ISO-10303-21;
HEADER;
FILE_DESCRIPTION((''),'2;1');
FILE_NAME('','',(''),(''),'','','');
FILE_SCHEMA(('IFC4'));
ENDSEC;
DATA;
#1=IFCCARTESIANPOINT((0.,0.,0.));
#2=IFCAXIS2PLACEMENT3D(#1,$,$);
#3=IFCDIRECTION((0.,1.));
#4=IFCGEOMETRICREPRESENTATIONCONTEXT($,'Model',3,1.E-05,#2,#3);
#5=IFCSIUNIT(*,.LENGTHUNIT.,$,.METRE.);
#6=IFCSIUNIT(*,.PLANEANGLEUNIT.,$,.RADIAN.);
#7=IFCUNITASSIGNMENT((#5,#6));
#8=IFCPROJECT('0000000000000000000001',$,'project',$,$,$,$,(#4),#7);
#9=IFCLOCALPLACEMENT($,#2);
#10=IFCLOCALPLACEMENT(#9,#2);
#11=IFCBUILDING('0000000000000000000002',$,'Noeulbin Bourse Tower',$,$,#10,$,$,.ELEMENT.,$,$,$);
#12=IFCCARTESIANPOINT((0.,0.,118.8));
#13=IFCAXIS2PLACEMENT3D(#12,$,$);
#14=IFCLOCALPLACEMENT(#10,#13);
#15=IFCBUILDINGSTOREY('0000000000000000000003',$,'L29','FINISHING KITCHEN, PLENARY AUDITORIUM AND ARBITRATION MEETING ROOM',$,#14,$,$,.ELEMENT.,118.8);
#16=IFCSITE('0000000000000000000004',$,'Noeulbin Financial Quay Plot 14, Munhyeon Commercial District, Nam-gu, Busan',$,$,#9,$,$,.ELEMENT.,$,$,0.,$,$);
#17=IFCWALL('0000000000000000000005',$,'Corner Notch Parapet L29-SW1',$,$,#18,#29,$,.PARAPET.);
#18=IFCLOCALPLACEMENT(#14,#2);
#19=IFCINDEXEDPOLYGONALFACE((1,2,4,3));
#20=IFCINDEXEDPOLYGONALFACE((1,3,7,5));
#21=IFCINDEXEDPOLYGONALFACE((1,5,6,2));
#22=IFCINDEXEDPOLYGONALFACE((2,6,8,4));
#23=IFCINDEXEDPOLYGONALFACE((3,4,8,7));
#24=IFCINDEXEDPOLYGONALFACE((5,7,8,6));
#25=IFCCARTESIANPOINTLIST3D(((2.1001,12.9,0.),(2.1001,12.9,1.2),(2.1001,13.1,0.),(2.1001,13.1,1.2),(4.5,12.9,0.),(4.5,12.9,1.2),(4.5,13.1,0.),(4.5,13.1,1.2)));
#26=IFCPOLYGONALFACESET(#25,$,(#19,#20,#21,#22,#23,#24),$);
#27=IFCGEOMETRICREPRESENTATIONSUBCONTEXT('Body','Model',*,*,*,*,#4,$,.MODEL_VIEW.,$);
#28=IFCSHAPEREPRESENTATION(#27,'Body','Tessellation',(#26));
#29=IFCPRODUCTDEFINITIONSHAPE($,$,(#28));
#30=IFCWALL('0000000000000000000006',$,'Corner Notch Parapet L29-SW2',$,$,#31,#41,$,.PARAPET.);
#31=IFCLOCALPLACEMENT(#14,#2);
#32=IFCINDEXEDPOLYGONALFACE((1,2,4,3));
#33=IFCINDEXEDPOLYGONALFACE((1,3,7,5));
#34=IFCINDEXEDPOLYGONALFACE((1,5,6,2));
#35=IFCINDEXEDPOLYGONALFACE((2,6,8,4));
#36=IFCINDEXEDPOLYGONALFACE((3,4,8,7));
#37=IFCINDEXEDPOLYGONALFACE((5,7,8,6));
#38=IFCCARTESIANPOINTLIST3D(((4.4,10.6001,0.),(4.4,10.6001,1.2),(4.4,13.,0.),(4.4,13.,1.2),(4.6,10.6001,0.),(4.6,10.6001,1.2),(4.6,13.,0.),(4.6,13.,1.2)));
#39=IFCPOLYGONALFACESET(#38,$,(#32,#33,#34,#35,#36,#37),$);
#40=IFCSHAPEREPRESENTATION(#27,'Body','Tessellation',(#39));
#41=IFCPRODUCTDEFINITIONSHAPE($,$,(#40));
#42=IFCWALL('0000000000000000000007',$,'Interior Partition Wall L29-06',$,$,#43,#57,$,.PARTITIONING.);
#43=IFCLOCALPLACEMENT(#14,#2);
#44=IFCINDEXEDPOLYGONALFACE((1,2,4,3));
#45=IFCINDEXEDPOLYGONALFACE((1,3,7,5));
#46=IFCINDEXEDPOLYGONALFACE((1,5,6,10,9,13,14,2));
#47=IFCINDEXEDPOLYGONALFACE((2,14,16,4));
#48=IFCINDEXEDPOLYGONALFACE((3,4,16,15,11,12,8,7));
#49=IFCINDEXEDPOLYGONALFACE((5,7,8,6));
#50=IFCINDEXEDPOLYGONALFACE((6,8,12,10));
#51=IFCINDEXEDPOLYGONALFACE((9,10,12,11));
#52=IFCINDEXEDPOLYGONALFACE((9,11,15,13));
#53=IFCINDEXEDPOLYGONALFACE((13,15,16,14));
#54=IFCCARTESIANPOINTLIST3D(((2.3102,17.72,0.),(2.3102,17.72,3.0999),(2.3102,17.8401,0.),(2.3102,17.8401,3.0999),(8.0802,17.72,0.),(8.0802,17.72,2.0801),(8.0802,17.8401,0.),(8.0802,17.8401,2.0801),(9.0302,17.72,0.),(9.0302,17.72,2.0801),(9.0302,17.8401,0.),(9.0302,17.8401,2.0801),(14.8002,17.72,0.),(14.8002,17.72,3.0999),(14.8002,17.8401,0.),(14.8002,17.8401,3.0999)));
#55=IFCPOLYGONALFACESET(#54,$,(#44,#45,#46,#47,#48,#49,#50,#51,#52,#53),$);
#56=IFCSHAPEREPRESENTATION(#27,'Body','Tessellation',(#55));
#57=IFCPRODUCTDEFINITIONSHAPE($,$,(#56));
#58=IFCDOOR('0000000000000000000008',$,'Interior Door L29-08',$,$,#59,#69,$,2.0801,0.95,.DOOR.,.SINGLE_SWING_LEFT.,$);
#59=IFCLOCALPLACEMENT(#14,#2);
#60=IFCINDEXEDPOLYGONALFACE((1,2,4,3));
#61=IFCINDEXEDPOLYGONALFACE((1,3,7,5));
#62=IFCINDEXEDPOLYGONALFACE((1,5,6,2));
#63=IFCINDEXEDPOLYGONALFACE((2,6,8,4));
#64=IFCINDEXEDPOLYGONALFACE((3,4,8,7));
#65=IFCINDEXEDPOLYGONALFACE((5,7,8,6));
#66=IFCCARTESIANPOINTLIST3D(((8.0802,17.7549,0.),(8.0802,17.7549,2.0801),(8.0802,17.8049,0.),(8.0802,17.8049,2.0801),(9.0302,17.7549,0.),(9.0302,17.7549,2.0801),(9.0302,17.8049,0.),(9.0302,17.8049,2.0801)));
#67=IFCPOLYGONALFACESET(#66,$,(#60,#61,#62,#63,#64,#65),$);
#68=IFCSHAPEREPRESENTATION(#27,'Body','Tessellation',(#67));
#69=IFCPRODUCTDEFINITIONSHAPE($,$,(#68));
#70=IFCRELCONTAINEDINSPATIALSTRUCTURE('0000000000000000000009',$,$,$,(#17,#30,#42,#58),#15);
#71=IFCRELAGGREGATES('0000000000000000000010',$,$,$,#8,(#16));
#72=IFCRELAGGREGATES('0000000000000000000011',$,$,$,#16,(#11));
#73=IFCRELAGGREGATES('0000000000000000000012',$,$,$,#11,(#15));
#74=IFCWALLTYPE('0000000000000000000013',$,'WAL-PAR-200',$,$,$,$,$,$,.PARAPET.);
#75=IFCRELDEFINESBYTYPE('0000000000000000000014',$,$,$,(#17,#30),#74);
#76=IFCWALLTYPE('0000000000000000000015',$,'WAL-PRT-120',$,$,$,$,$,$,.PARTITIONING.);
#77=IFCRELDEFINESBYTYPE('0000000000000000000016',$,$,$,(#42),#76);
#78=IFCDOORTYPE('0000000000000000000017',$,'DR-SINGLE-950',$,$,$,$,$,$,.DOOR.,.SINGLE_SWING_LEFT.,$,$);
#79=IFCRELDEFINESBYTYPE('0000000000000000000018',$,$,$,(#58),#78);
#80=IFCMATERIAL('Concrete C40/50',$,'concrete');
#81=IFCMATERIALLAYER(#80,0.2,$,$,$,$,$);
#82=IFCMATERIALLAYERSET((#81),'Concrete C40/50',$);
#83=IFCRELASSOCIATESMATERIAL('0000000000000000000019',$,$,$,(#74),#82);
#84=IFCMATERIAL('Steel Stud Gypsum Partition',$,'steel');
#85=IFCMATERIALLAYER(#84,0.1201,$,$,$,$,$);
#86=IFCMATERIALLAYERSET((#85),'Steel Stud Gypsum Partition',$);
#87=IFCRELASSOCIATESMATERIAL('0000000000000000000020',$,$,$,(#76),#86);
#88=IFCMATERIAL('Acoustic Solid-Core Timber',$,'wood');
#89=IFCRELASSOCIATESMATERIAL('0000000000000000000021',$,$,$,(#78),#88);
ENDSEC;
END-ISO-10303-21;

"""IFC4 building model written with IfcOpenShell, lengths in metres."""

from ifc_helpers import new_model, si_unit, direction, frame, frame_2d, origin, place, context, subcontext, project, spatial, rectangle, extrude, material, layer, layer_set, type_object, element, fill, save


model = new_model("IFC4")

# Units and contexts
model_context = context("Model", 3, precision=1e-05, world=origin(), true_north=direction((0.0, 1.0)))
body_context = subcontext(model_context, "Body", "Model", "MODEL_VIEW")
ifc_project = project(units=[si_unit("LENGTHUNIT", "METRE"), si_unit("PLANEANGLEUNIT", "RADIAN")], contexts=[model_context])

# Site, building, storey
site_placement = place(None, origin())
site = spatial("IfcSite", under=ifc_project, at=site_placement, Name="Noeulbin Financial Quay Plot 14, Munhyeon Commercial District, Nam-gu, Busan", CompositionType="ELEMENT", RefElevation=0.0)
building_placement = place(site_placement, origin())
building = spatial("IfcBuilding", under=site, at=building_placement, Name="Noeulbin Bourse Tower", CompositionType="ELEMENT")
storey_placement = place(building_placement, frame((0.0, 0.0, 118.8)))
storey = spatial("IfcBuildingStorey", under=building, at=storey_placement, Name="L29", Description="FINISHING KITCHEN, PLENARY AUDITORIUM AND ARBITRATION MEETING ROOM", CompositionType="ELEMENT", Elevation=118.8)

# Walls
ifc_material_1 = material(Name="Concrete C40/50", Category="concrete")
ifc_layer_1 = layer(ifc_material_1, 0.2)
ifc_layer_set_1 = layer_set([ifc_layer_1], Name="Concrete C40/50")
wall_type_1 = type_object("IfcWallType", Name="WAL-PAR-200", PredefinedType="PARAPET", material=ifc_layer_set_1)
for number, where, z_axis, x_axis, name in (
    (1, (2.1001, 13.0, 0.0), (0.0, 0.0, 1.0), (1.0, 0.0, 0.0), "Corner Notch Parapet L29-SW1"),
    (2, (4.5, 13.0, 0.0), (0.0, 0.0, 1.0), (0.0, -1.0, 0.0), "Corner Notch Parapet L29-SW2"),
):
    element("IfcWall", number, at=place(storey_placement, frame(where, z_axis=z_axis, x_axis=x_axis)), inside=storey, type_object=wall_type_1, Name=name, PredefinedType="PARAPET", context=body_context, shape_type="SweptSolid", body=[
        extrude(rectangle(XDim=2.3999, YDim=0.2, at=frame_2d((1.2, 0.0))), origin(), (0.0, 0.0, 1.0), 1.2),
    ])

# Wall, opening, door
ifc_material_2 = material(Name="Steel Stud Gypsum Partition", Category="steel")
ifc_layer_2 = layer(ifc_material_2, 0.1201)
ifc_layer_set_2 = layer_set([ifc_layer_2], Name="Steel Stud Gypsum Partition")
wall_type_2 = type_object("IfcWallType", Name="WAL-PRT-120", PredefinedType="PARTITIONING", material=ifc_layer_set_2)
wall_placement = place(storey_placement, frame((2.3101, 17.78, 0.0), z_axis=(0.0, 0.0, 1.0), x_axis=(1.0, 0.0, 0.0)))
wall = element("IfcWall", 3, at=wall_placement, inside=storey, type_object=wall_type_2, Name="Interior Partition Wall L29-06", PredefinedType="PARTITIONING", context=body_context, shape_type="SweptSolid", body=[
    extrude(rectangle(XDim=12.49, YDim=0.1201, at=frame_2d((6.2451, 0.0))), origin(), (0.0, 0.0, 1.0), 3.0999),
])
opening_placement = place(wall_placement, frame((5.77, 0.0, 0.0)))
opening = element("IfcOpeningElement", 4, at=opening_placement, cuts=wall, PredefinedType="OPENING", context=body_context, shape_type="SweptSolid", body=[
    extrude(rectangle(XDim=0.95, YDim=2.0801, at=frame_2d((0.4751, 1.04))), frame((0.0, 0.0701, 0.0), z_axis=(0.0, -1.0, 0.0), x_axis=(1.0, 0.0, 0.0)), (0.0, 0.0, 1.0), 0.1401),
])
ifc_material_3 = material(Name="Acoustic Solid-Core Timber", Category="wood")
door_type = type_object("IfcDoorType", Name="DR-SINGLE-950", OperationType="SINGLE_SWING_LEFT", PredefinedType="DOOR", material=ifc_material_3)
door_placement = place(opening_placement, origin())
door = element("IfcDoor", 5, at=door_placement, inside=storey, type_object=door_type, Name="Interior Door L29-08", OperationType="SINGLE_SWING_LEFT", OverallHeight=2.0801, OverallWidth=0.95, PredefinedType="DOOR", context=body_context, shape_type="SweptSolid", body=[
    extrude(rectangle(XDim=0.95, YDim=2.0801, at=frame_2d((0.4751, 1.04))), frame((0.0, 0.0249, 0.0), z_axis=(0.0, -1.0, 0.0), x_axis=(1.0, 0.0, 0.0)), (0.0, 0.0, 1.0), 0.05),
])
fill(opening, door)

save(model, "model.ifc")
